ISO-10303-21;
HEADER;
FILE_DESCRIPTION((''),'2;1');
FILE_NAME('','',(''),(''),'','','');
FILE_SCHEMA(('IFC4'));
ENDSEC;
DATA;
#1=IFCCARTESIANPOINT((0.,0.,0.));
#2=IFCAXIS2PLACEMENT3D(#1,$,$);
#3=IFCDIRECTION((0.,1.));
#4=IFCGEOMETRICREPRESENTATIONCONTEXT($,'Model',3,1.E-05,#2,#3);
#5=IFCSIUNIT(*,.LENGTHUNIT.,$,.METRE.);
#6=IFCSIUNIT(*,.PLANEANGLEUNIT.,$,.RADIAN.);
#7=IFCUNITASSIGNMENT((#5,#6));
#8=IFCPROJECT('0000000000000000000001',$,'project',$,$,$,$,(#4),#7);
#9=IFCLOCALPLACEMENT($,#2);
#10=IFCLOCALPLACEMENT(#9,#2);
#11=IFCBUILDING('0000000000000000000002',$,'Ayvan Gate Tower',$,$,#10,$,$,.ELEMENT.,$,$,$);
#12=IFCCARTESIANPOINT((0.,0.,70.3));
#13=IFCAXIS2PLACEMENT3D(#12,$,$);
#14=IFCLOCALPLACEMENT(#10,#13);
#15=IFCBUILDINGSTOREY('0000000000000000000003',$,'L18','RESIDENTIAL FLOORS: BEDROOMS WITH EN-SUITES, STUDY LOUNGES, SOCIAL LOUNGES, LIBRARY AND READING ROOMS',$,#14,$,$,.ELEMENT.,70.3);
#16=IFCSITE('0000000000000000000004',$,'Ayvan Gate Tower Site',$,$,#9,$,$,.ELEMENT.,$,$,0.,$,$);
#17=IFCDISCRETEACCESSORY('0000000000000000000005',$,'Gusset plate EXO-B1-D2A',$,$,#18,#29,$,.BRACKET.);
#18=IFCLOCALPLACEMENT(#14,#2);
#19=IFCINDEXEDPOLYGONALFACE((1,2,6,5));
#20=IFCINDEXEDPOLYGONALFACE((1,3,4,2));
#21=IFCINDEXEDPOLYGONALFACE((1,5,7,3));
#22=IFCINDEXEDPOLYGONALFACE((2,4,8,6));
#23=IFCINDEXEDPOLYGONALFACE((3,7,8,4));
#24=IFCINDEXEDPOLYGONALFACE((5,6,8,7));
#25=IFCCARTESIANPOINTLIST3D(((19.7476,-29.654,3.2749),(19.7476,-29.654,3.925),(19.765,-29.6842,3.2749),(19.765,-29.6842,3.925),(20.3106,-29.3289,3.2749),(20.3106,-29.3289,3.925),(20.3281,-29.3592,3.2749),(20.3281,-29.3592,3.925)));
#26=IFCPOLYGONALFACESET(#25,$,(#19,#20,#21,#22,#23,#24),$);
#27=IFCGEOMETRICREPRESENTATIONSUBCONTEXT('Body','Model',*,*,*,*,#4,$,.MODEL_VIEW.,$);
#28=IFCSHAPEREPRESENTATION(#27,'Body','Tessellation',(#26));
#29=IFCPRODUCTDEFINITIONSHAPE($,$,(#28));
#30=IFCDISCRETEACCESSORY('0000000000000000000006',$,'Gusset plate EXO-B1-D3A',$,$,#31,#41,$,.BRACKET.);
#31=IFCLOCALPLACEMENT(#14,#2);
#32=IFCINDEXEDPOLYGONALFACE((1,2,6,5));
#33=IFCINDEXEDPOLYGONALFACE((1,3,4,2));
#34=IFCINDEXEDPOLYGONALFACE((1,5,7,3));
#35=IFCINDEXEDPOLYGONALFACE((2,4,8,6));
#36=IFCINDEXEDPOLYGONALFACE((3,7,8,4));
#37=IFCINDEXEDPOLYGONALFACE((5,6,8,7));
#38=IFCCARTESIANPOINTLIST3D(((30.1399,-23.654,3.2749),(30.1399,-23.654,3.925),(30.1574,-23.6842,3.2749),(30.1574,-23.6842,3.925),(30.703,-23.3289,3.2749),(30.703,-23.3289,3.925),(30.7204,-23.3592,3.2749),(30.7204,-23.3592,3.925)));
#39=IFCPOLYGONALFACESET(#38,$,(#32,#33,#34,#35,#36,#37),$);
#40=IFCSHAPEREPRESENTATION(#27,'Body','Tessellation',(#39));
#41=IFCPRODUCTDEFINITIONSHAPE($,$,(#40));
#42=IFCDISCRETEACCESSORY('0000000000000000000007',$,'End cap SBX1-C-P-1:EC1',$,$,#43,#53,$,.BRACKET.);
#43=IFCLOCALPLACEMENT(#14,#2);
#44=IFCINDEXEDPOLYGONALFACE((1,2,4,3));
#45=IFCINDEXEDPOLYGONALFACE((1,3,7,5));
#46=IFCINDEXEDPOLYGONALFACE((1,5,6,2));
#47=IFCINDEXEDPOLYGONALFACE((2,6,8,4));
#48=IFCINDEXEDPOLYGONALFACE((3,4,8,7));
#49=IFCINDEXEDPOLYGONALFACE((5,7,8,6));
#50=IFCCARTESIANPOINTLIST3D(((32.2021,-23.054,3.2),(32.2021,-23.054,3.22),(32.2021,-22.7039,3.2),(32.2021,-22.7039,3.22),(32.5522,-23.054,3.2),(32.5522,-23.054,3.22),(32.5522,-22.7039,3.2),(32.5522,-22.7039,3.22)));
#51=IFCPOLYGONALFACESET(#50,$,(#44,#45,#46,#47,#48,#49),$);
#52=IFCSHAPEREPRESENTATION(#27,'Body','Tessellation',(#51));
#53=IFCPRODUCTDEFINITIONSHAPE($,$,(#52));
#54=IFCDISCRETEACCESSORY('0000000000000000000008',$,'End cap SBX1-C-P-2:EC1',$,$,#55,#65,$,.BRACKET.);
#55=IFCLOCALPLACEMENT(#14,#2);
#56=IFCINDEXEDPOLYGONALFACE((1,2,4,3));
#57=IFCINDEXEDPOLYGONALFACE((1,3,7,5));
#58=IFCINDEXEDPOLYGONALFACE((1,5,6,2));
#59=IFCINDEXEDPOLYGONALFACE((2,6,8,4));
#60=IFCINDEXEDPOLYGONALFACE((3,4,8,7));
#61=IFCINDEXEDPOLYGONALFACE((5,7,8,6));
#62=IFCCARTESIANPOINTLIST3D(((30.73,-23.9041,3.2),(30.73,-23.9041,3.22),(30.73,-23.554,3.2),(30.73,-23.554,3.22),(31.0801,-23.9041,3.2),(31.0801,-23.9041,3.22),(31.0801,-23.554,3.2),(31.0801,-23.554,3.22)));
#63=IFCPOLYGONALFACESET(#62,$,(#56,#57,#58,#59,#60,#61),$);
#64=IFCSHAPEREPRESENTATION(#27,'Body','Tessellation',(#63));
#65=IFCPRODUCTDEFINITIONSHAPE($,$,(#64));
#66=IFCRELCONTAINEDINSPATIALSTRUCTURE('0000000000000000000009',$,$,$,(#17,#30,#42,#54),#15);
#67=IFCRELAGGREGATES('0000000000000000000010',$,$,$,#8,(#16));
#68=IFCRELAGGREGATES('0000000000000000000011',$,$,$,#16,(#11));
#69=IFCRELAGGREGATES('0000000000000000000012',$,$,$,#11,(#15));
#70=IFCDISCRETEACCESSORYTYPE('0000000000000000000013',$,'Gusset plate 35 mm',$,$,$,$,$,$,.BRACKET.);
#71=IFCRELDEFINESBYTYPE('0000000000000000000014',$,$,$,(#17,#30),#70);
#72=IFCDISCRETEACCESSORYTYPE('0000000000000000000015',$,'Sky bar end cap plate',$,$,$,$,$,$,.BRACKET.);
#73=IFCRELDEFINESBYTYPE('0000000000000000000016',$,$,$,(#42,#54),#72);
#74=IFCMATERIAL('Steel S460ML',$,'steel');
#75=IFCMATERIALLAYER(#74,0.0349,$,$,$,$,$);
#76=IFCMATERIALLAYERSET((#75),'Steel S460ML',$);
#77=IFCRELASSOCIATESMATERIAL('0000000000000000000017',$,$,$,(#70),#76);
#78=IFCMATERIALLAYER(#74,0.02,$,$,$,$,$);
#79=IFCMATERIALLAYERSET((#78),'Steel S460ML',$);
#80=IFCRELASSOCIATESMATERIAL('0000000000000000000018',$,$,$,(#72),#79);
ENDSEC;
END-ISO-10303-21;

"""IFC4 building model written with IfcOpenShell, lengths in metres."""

from ifc_helpers import new_model, si_unit, direction, frame, origin, origin_2d, place, context, subcontext, project, spatial, rectangle, extrude, material, layer, layer_set, type_object, element, save


model = new_model("IFC4")

# Units and contexts
model_context = context("Model", 3, precision=1e-05, world=origin(), true_north=direction((0.0, 1.0)))
body_context = subcontext(model_context, "Body", "Model", "MODEL_VIEW")
ifc_project = project(units=[si_unit("LENGTHUNIT", "METRE"), si_unit("PLANEANGLEUNIT", "RADIAN")], contexts=[model_context])

# Site, building, storey
site_placement = place(None, origin())
site = spatial("IfcSite", under=ifc_project, at=site_placement, Name="Ayvan Gate Tower Site", CompositionType="ELEMENT", RefElevation=0.0)
building_placement = place(site_placement, origin())
building = spatial("IfcBuilding", under=site, at=building_placement, Name="Ayvan Gate Tower", CompositionType="ELEMENT")
storey_placement = place(building_placement, frame((0.0, 0.0, 70.3)))
storey = spatial("IfcBuildingStorey", under=building, at=storey_placement, Name="L18", Description="RESIDENTIAL FLOORS: BEDROOMS WITH EN-SUITES, STUDY LOUNGES, SOCIAL LOUNGES, LIBRARY AND READING ROOMS", CompositionType="ELEMENT", Elevation=70.3)

# Discrete accessories
ifc_material_1 = material(Name="Steel S460ML", Category="steel")
ifc_layer_1 = layer(ifc_material_1, 0.0349)
ifc_layer_set_1 = layer_set([ifc_layer_1], Name="Steel S460ML")
discrete_accessory_type_1 = type_object("IfcDiscreteAccessoryType", Name="Gusset plate 35 mm", PredefinedType="BRACKET", material=ifc_layer_set_1)
for number, where, z_axis, x_axis, name in (
    (1, (20.0378, -29.5066, 3.2749), (0.0, 0.0, 1.0), (0.866025, 0.5, 0.0), "Gusset plate EXO-B1-D2A"),
    (2, (30.4302, -23.5066, 3.2749), (0.0, 0.0, 1.0), (0.866025, 0.5, 0.0), "Gusset plate EXO-B1-D3A"),
):
    element("IfcDiscreteAccessory", number, at=place(storey_placement, frame(where, z_axis=z_axis, x_axis=x_axis)), inside=storey, type_object=discrete_accessory_type_1, Name=name, PredefinedType="BRACKET", context=body_context, shape_type="SweptSolid", body=[
        extrude(rectangle(XDim=0.6501, YDim=0.0349, at=origin_2d()), origin(), (0.0, 0.0, 1.0), 0.6501),
    ])
ifc_layer_2 = layer(ifc_material_1, 0.02)
ifc_layer_set_2 = layer_set([ifc_layer_2], Name="Steel S460ML")
discrete_accessory_type_2 = type_object("IfcDiscreteAccessoryType", Name="Sky bar end cap plate", PredefinedType="BRACKET", material=ifc_layer_set_2)
for number, where, z_axis, x_axis, name in (
    (3, (32.3772, -22.8789, 3.2), (0.0, 0.0, 1.0), (1.0, 0.0, 0.0), "End cap SBX1-C-P-1:EC1"),
    (4, (30.905, -23.729, 3.2), (0.0, 0.0, 1.0), (1.0, 0.0, 0.0), "End cap SBX1-C-P-2:EC1"),
):
    element("IfcDiscreteAccessory", number, at=place(storey_placement, frame(where, z_axis=z_axis, x_axis=x_axis)), inside=storey, type_object=discrete_accessory_type_2, Name=name, PredefinedType="BRACKET", context=body_context, shape_type="SweptSolid", body=[
        extrude(rectangle(XDim=0.3501, YDim=0.3501, at=origin_2d()), origin(), (0.0, 0.0, 1.0), 0.02),
    ])

save(model, "model.ifc")
